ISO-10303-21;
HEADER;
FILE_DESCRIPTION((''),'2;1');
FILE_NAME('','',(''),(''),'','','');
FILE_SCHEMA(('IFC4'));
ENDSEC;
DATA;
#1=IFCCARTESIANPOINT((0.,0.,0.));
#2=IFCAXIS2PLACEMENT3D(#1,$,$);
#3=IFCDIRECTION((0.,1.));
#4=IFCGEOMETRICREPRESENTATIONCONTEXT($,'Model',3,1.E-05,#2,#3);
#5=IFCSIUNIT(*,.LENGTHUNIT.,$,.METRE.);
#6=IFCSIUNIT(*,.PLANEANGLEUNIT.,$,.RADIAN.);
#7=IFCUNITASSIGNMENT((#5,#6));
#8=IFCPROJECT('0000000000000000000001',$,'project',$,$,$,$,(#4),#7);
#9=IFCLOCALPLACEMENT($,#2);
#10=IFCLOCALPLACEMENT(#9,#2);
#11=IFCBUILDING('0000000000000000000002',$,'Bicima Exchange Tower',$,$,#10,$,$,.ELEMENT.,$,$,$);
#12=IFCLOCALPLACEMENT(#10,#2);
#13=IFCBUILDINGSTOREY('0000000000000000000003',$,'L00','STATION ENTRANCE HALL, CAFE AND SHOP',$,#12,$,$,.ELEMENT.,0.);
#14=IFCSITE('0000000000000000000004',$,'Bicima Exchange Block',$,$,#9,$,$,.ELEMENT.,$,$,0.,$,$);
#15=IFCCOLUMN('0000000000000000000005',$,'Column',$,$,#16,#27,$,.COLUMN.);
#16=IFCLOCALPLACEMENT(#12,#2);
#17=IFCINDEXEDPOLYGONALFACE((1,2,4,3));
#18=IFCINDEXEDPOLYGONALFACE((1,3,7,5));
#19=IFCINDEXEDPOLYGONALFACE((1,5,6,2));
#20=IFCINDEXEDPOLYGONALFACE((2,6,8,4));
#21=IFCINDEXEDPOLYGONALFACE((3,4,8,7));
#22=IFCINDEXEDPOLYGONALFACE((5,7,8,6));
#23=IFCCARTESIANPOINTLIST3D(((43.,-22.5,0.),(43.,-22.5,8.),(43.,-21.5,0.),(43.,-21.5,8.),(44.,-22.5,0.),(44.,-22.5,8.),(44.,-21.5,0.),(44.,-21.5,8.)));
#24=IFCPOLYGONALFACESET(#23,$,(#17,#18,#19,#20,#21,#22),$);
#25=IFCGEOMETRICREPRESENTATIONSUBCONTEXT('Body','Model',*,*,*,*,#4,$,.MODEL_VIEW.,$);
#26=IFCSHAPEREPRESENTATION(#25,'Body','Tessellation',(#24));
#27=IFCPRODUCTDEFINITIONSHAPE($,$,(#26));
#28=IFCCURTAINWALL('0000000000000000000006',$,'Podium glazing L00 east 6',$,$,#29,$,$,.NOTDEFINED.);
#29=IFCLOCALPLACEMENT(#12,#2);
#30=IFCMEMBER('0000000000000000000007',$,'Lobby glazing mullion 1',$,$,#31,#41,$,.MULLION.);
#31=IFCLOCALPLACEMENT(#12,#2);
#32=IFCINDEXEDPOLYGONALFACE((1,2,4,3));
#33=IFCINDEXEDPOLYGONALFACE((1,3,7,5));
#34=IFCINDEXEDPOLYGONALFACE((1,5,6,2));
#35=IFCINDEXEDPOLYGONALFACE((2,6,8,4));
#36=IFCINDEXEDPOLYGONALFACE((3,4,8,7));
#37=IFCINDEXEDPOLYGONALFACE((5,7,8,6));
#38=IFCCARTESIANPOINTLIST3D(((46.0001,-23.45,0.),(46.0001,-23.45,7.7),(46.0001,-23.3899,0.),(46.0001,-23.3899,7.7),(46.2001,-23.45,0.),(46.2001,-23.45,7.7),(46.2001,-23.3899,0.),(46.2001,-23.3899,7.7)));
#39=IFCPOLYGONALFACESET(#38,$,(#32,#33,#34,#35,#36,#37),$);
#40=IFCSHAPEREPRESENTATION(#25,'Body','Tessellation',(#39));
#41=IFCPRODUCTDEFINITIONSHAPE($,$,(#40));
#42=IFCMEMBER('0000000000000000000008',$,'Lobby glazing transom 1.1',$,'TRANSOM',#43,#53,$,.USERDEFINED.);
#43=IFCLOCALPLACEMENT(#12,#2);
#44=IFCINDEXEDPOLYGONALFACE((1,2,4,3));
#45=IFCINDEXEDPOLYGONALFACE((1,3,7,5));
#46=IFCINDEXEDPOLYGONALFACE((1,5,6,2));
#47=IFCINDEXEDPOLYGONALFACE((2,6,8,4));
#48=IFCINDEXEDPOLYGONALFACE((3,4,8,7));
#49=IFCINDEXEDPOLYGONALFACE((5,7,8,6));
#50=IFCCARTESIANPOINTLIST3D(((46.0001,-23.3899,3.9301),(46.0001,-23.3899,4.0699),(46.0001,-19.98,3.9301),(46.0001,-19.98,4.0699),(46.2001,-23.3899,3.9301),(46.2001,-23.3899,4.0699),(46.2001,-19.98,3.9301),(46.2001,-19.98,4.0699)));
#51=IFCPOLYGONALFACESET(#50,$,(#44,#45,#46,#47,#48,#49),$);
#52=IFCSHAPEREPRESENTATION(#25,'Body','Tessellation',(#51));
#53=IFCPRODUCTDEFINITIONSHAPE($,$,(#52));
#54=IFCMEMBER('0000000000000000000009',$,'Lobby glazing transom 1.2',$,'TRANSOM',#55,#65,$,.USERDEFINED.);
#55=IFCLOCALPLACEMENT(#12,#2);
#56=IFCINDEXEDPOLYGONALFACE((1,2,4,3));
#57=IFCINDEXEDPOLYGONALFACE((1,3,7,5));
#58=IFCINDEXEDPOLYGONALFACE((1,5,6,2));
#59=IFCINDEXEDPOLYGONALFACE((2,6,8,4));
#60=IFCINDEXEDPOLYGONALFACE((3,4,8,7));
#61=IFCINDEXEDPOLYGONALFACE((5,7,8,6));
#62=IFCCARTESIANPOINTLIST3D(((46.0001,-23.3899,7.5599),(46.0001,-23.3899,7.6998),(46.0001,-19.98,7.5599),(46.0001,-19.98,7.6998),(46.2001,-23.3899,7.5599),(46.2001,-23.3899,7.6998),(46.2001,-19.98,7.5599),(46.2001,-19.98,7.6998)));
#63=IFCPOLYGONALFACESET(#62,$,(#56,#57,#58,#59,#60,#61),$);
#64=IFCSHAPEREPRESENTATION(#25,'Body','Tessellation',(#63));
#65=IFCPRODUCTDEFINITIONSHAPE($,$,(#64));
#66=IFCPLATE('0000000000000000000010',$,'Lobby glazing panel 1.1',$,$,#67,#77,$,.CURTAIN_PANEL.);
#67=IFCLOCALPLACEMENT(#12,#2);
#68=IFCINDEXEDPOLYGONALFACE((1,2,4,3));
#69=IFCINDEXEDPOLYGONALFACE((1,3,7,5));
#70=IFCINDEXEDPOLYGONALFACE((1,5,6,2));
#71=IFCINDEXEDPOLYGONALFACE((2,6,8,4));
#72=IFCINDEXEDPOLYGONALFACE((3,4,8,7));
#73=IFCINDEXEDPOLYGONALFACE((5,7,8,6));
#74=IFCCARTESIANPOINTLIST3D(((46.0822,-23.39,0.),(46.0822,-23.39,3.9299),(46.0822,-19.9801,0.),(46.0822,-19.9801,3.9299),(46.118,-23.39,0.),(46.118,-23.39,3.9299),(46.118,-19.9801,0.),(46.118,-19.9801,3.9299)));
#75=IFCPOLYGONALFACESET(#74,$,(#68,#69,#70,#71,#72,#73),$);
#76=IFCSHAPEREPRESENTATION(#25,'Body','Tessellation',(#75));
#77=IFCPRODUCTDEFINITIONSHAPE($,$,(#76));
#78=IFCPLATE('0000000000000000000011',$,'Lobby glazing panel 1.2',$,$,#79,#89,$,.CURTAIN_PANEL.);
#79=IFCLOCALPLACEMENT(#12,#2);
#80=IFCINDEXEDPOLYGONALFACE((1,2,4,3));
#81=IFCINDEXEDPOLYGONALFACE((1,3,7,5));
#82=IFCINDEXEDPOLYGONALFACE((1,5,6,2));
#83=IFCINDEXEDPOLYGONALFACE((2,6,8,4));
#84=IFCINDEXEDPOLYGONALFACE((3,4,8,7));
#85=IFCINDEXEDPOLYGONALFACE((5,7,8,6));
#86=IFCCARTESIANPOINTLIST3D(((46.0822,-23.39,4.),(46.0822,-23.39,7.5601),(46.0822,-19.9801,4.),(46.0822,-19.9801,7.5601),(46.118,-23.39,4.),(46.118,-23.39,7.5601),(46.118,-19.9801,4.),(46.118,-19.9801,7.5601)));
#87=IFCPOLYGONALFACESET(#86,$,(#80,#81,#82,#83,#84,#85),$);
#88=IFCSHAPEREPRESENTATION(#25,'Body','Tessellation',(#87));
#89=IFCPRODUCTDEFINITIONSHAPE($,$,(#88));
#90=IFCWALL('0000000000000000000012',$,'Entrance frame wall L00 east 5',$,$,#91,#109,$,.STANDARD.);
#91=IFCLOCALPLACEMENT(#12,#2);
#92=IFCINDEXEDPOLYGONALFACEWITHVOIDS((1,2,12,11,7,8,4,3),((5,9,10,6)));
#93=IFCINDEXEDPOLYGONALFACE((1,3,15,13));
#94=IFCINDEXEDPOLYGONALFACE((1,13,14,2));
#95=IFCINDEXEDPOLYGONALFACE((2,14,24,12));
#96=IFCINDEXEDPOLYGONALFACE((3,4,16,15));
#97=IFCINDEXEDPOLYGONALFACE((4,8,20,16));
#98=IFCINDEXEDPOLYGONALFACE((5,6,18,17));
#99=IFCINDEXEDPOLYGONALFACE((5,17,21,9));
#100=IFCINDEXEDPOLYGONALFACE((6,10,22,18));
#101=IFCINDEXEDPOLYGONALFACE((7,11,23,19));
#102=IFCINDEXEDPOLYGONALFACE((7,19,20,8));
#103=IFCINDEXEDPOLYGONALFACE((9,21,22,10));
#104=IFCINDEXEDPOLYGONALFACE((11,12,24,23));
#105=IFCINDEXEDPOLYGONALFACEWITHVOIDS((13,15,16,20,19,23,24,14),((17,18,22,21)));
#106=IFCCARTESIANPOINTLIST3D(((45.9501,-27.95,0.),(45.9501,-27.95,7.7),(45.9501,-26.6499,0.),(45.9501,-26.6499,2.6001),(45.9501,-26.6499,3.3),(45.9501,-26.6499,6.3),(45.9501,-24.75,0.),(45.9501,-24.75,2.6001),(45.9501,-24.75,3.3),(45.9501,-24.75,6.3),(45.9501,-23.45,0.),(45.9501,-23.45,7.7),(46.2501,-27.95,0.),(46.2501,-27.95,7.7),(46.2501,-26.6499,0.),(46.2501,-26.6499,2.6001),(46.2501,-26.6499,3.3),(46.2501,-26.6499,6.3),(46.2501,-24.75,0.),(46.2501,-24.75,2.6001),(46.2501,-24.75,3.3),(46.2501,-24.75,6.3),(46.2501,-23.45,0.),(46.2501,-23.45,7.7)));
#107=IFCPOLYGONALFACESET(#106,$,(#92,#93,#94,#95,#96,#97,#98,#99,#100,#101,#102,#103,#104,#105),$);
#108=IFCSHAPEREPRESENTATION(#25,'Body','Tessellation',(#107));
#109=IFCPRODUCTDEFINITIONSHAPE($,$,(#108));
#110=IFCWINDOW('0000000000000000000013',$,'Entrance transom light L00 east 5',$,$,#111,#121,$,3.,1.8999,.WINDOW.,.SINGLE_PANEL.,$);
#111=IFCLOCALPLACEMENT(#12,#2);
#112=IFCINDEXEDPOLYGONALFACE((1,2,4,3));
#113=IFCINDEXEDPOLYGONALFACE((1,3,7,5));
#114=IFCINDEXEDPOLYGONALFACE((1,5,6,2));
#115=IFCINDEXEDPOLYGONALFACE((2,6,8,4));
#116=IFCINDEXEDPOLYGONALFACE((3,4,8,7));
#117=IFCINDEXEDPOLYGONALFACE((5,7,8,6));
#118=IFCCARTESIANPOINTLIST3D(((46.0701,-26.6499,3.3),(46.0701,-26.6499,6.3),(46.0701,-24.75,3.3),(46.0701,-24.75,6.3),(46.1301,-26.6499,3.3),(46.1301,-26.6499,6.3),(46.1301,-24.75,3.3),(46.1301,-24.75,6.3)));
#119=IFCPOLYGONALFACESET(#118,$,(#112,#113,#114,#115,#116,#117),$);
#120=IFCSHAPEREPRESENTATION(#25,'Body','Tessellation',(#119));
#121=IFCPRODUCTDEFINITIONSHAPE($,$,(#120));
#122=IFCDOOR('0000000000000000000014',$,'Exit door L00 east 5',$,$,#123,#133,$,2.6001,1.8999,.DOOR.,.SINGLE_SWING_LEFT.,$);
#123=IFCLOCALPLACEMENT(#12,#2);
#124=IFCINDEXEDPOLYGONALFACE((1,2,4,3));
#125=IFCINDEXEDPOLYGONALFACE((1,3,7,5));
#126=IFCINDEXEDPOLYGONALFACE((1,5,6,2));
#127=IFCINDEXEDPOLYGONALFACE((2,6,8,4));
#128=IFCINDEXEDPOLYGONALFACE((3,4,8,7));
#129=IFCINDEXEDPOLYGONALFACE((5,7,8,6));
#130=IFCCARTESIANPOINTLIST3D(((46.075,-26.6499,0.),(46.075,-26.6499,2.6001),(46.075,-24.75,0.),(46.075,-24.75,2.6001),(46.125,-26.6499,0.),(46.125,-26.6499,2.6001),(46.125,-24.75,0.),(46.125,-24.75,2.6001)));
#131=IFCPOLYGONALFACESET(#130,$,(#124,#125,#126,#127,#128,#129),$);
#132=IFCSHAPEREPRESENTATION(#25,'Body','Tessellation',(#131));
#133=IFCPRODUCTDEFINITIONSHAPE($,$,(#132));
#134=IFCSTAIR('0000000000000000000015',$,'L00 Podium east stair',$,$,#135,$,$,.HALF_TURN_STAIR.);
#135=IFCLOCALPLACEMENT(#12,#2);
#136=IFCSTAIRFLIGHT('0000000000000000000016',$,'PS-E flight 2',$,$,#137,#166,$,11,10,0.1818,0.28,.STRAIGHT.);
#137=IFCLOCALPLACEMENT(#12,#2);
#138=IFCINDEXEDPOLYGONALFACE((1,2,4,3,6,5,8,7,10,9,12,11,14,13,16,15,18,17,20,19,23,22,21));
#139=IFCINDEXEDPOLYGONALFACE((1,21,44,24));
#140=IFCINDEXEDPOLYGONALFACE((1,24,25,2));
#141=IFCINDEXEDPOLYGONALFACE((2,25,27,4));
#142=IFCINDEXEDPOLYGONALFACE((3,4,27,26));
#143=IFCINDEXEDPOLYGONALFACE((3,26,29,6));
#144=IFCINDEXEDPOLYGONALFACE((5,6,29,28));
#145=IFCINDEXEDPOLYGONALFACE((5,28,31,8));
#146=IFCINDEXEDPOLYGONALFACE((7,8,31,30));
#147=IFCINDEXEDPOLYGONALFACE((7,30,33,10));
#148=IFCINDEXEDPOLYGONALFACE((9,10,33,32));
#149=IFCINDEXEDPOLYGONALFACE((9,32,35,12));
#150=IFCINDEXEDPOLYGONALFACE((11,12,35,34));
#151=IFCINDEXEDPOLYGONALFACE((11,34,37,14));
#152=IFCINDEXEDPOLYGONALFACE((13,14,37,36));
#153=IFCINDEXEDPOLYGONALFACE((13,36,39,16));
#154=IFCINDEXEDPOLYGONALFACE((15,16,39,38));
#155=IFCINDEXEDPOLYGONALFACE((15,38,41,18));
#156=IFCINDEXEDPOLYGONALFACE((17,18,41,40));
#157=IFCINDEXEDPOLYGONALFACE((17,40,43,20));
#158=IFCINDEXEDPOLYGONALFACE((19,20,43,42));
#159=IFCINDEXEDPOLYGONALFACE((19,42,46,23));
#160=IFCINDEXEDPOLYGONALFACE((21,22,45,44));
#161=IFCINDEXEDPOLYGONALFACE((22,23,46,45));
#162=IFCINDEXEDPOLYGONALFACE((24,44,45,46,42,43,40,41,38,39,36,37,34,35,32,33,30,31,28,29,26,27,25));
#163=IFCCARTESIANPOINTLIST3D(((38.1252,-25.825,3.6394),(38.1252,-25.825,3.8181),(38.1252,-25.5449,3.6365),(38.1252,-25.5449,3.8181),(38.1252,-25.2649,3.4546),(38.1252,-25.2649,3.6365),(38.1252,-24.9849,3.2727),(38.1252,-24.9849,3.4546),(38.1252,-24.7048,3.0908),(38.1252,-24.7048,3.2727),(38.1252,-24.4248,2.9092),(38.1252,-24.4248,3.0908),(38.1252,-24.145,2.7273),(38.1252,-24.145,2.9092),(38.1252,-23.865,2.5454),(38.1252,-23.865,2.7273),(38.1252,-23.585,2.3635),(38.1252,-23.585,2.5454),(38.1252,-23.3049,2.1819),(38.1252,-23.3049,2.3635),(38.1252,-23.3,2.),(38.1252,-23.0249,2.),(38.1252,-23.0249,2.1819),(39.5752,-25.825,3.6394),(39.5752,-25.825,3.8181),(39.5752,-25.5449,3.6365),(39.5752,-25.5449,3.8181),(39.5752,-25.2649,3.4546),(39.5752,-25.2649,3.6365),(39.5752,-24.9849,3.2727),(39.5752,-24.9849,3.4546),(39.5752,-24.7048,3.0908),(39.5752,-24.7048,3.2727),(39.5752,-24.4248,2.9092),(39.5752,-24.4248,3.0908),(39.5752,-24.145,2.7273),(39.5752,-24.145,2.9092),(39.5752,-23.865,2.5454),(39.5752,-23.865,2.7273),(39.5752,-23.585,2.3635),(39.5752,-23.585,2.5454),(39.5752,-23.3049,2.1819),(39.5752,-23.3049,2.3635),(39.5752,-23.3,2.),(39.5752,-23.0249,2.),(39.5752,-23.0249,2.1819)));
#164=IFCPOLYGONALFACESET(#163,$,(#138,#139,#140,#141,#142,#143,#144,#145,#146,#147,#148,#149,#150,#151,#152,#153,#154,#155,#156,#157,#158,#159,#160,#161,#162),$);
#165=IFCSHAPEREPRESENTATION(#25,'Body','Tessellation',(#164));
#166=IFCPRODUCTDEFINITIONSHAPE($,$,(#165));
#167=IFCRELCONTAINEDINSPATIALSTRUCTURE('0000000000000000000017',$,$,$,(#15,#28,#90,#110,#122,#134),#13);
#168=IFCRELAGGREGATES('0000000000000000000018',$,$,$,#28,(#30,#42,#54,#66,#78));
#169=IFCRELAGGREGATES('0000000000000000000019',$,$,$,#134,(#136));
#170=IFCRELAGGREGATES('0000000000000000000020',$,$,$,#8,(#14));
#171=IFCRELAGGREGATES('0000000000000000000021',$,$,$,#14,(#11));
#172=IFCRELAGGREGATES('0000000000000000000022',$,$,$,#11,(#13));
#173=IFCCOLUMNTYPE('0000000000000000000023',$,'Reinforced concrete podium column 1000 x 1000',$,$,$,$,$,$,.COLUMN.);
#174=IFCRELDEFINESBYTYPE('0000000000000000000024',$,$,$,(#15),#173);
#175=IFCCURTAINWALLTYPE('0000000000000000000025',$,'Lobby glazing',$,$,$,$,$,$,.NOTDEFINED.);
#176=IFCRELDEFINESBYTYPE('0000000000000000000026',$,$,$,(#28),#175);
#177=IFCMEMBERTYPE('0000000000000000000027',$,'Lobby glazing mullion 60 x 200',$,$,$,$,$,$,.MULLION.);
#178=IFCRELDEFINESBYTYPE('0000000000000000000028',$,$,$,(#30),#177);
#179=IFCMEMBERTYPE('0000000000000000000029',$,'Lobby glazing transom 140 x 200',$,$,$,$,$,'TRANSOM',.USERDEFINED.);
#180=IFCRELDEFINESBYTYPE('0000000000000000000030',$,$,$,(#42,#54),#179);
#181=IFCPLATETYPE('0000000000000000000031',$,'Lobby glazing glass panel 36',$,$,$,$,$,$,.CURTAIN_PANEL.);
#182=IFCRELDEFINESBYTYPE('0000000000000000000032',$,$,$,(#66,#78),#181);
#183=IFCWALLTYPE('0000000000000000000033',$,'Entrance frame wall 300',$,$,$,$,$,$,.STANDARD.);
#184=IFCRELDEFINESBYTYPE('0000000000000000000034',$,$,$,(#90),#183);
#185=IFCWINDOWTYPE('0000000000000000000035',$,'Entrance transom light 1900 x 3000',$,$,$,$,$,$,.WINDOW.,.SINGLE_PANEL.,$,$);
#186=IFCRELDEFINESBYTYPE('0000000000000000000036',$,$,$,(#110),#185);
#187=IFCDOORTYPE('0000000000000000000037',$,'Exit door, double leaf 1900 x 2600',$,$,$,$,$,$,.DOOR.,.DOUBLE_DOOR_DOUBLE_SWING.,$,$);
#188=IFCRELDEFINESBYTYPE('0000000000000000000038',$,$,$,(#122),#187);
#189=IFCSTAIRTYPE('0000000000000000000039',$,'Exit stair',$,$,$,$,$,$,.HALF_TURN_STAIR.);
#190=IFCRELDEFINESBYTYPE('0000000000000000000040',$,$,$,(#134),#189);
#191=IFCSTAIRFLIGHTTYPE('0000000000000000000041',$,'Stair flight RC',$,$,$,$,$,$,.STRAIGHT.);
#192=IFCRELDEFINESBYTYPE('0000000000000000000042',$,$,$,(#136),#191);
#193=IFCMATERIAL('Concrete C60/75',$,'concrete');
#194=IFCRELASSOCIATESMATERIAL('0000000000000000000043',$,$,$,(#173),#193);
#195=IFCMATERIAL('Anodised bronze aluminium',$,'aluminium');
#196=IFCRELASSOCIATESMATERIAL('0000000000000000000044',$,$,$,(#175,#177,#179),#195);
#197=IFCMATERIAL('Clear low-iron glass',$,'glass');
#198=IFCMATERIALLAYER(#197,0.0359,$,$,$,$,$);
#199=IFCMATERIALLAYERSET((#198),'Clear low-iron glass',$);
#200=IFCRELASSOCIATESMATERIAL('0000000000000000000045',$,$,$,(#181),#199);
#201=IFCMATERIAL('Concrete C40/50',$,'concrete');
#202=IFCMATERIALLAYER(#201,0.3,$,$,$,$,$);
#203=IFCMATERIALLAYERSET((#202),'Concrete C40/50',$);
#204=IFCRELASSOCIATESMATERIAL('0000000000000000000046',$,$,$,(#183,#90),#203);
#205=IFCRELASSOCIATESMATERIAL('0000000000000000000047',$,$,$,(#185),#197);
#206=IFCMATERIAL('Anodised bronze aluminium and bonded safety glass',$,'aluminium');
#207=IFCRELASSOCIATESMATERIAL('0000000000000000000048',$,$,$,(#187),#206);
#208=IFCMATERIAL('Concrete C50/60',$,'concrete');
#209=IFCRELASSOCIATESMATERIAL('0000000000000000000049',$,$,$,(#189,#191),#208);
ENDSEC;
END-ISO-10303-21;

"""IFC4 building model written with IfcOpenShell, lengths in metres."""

from ifc_helpers import new_model, si_unit, direction, frame, frame_2d, origin, origin_2d, place, context, subcontext, project, spatial, polyline, rectangle, outline, extrude, material, layer, layer_set, layer_usage, material_profile, profile_set, type_object, element, fill, aggregate, save


model = new_model("IFC4")

# Units and contexts
model_context = context("Model", 3, precision=1e-05, world=origin(), true_north=direction((0.0, 1.0)))
body_context = subcontext(model_context, "Body", "Model", "MODEL_VIEW")
ifc_project = project(units=[si_unit("LENGTHUNIT", "METRE"), si_unit("PLANEANGLEUNIT", "RADIAN")], contexts=[model_context])

# Site, building, storey
site_placement = place(None, origin())
site = spatial("IfcSite", under=ifc_project, at=site_placement, Name="Bicima Exchange Block", CompositionType="ELEMENT", RefElevation=0.0)
building_placement = place(site_placement, origin())
building = spatial("IfcBuilding", under=site, at=building_placement, Name="Bicima Exchange Tower", CompositionType="ELEMENT")
storey_placement = place(building_placement, origin())
storey = spatial("IfcBuildingStorey", under=building, at=storey_placement, Name="L00", Description="STATION ENTRANCE HALL, CAFE AND SHOP", CompositionType="ELEMENT", Elevation=0.0)

# Column
ifc_material_1 = material(Name="Concrete C60/75", Category="concrete")
ifc_material_profile_1 = material_profile(ifc_material_1, rectangle(XDim=1.0, YDim=1.0, at=origin_2d()))
ifc_profile_set_1 = profile_set([ifc_material_profile_1], Name="Concrete C60/75")
column_type = type_object("IfcColumnType", Name="Reinforced concrete podium column 1000 x 1000", PredefinedType="COLUMN", material=ifc_profile_set_1)
column_placement = place(storey_placement, frame((43.5, -22.0, 0.0), z_axis=(0.0, 0.0, 1.0), x_axis=(1.0, 0.0, 0.0)))
element("IfcColumn", 1, at=column_placement, inside=storey, type_object=column_type, Name="Column", PredefinedType="COLUMN", context=body_context, shape_type="SweptSolid", body=[
    extrude(rectangle(XDim=1.0, YDim=1.0, at=origin_2d()), origin(), (0.0, 0.0, 1.0), 8.0),
])

# Curtain wall, members, plates
ifc_material_2 = material(Name="Anodised bronze aluminium", Category="aluminium")
curtain_wall_type = type_object("IfcCurtainWallType", Name="Lobby glazing", PredefinedType="NOTDEFINED", material=ifc_material_2)
curtain_wall_placement = place(storey_placement, origin())
curtain_wall = element("IfcCurtainWall", 2, at=curtain_wall_placement, inside=storey, type_object=curtain_wall_type, Name="Podium glazing L00 east 6", PredefinedType="NOTDEFINED")
ifc_material_profile_2 = material_profile(ifc_material_2, rectangle(XDim=0.2, YDim=0.0601, at=origin_2d()))
ifc_profile_set_2 = profile_set([ifc_material_profile_2], Name="Anodised bronze aluminium")
member_type_1 = type_object("IfcMemberType", Name="Lobby glazing mullion 60 x 200", PredefinedType="MULLION", material=ifc_profile_set_2)
member_1_placement = place(storey_placement, frame((46.1001, -23.4199, 0.0), z_axis=(0.0, 0.0, 1.0), x_axis=(-1.0, 0.0, 0.0)))
member_1 = element("IfcMember", 3, at=member_1_placement, type_object=member_type_1, Name="Lobby glazing mullion 1", PredefinedType="MULLION", context=body_context, shape_type="SweptSolid", body=[
    extrude(rectangle(XDim=0.2, YDim=0.0601, at=origin_2d()), origin(), (0.0, 0.0, 1.0), 7.7),
])
ifc_material_profile_3 = material_profile(ifc_material_2, rectangle(XDim=0.2, YDim=0.1399, at=origin_2d()))
ifc_profile_set_3 = profile_set([ifc_material_profile_3], Name="Anodised bronze aluminium")
member_type_2 = type_object("IfcMemberType", Name="Lobby glazing transom 140 x 200", ElementType="TRANSOM", PredefinedType="USERDEFINED", material=ifc_profile_set_3)
member_2_placement = place(storey_placement, frame((46.1001, -23.3899, 4.0), z_axis=(0.0, 1.0, 0.0), x_axis=(-1.0, 0.0, 0.0)))
member_2 = element("IfcMember", 4, at=member_2_placement, type_object=member_type_2, Name="Lobby glazing transom 1.1", ObjectType="TRANSOM", PredefinedType="USERDEFINED", context=body_context, shape_type="SweptSolid", body=[
    extrude(rectangle(XDim=0.2, YDim=0.1399, at=origin_2d()), origin(), (0.0, 0.0, 1.0), 3.4099),
])
member_3_placement = place(storey_placement, frame((46.1001, -23.3899, 7.6299), z_axis=(0.0, 1.0, 0.0), x_axis=(-1.0, 0.0, 0.0)))
member_3 = element("IfcMember", 5, at=member_3_placement, type_object=member_type_2, Name="Lobby glazing transom 1.2", ObjectType="TRANSOM", PredefinedType="USERDEFINED", context=body_context, shape_type="SweptSolid", body=[
    extrude(rectangle(XDim=0.2, YDim=0.1399, at=origin_2d()), origin(), (0.0, 0.0, 1.0), 3.4099),
])
ifc_material_3 = material(Name="Clear low-iron glass", Category="glass")
ifc_layer_1 = layer(ifc_material_3, 0.0359)
ifc_layer_set_1 = layer_set([ifc_layer_1], Name="Clear low-iron glass")
plate_type = type_object("IfcPlateType", Name="Lobby glazing glass panel 36", PredefinedType="CURTAIN_PANEL", material=ifc_layer_set_1)
plate_1_placement = place(storey_placement, frame((46.1001, -21.6851, 0.0), z_axis=(0.0, 0.0, 1.0), x_axis=(0.0, 1.0, 0.0)))
plate_1 = element("IfcPlate", 6, at=plate_1_placement, type_object=plate_type, Name="Lobby glazing panel 1.1", PredefinedType="CURTAIN_PANEL", context=body_context, shape_type="SweptSolid", body=[
    extrude(rectangle(XDim=3.4099, YDim=0.0359, at=origin_2d()), origin(), (0.0, 0.0, 1.0), 3.9299),
])
plate_2_placement = place(storey_placement, frame((46.1001, -21.6851, 4.0), z_axis=(0.0, 0.0, 1.0), x_axis=(0.0, 1.0, 0.0)))
plate_2 = element("IfcPlate", 7, at=plate_2_placement, type_object=plate_type, Name="Lobby glazing panel 1.2", PredefinedType="CURTAIN_PANEL", context=body_context, shape_type="SweptSolid", body=[
    extrude(rectangle(XDim=3.4099, YDim=0.0359, at=origin_2d()), origin(), (0.0, 0.0, 1.0), 3.5601),
])
aggregate(curtain_wall, [member_1, member_2, member_3, plate_1, plate_2])

# Wall, openings, window, door
ifc_material_4 = material(Name="Concrete C40/50", Category="concrete")
ifc_layer_2 = layer(ifc_material_4, 0.3)
ifc_layer_set_2 = layer_set([ifc_layer_2], Name="Concrete C40/50")
ifc_layer_usage = layer_usage(ifc_layer_set_2, "AXIS2", "POSITIVE", -0.15)
wall_type = type_object("IfcWallType", Name="Entrance frame wall 300", PredefinedType="STANDARD", material=ifc_layer_set_2)
wall_placement = place(storey_placement, frame((46.1001, -23.45, 0.0), z_axis=(0.0, 0.0, 1.0), x_axis=(0.0, -1.0, 0.0)))
wall = element("IfcWall", 8, at=wall_placement, inside=storey, type_object=wall_type, material=ifc_layer_usage, Name="Entrance frame wall L00 east 5", PredefinedType="STANDARD", context=body_context, shape_type="SweptSolid", body=[
    extrude(rectangle(XDim=4.5, YDim=0.3, at=frame_2d((2.25, 0.0))), origin(), (0.0, 0.0, 1.0), 7.7),
])
opening_1_placement = place(wall_placement, frame((1.3, 0.0, 0.0)))
opening_1 = element("IfcOpeningElement", 9, at=opening_1_placement, cuts=wall, PredefinedType="OPENING", context=body_context, shape_type="SweptSolid", body=[
    extrude(rectangle(XDim=1.8999, YDim=2.6001, at=frame_2d((0.95, 1.3))), frame((0.0, 0.1621, 0.0), z_axis=(0.0, -1.0, 0.0), x_axis=(1.0, 0.0, 0.0)), (0.0, 0.0, 1.0), 0.324),
])
opening_2_placement = place(wall_placement, frame((1.3, 0.0, 3.3)))
opening_2 = element("IfcOpeningElement", 10, at=opening_2_placement, cuts=wall, PredefinedType="OPENING", context=body_context, shape_type="SweptSolid", body=[
    extrude(rectangle(XDim=1.8999, YDim=3.0, at=frame_2d((0.95, 1.5))), frame((0.0, 0.1621, 0.0), z_axis=(0.0, -1.0, 0.0), x_axis=(1.0, 0.0, 0.0)), (0.0, 0.0, 1.0), 0.324),
])
window_type = type_object("IfcWindowType", Name="Entrance transom light 1900 x 3000", PartitioningType="SINGLE_PANEL", PredefinedType="WINDOW", material=ifc_material_3)
window_placement = place(opening_2_placement, origin())
window = element("IfcWindow", 11, at=window_placement, inside=storey, type_object=window_type, Name="Entrance transom light L00 east 5", OverallHeight=3.0, OverallWidth=1.8999, PartitioningType="SINGLE_PANEL", PredefinedType="WINDOW", context=body_context, shape_type="SweptSolid", body=[
    extrude(rectangle(XDim=1.8999, YDim=3.0, at=frame_2d((0.95, 1.5))), frame((0.0, 0.03, 0.0), z_axis=(0.0, -1.0, 0.0), x_axis=(1.0, 0.0, 0.0)), (0.0, 0.0, 1.0), 0.0601),
])
fill(opening_2, window)
ifc_material_5 = material(Name="Anodised bronze aluminium and bonded safety glass", Category="aluminium")
door_type = type_object("IfcDoorType", Name="Exit door, double leaf 1900 x 2600", OperationType="DOUBLE_DOOR_DOUBLE_SWING", PredefinedType="DOOR", material=ifc_material_5)
door_placement = place(opening_1_placement, origin())
door = element("IfcDoor", 12, at=door_placement, inside=storey, type_object=door_type, Name="Exit door L00 east 5", OperationType="SINGLE_SWING_LEFT", OverallHeight=2.6001, OverallWidth=1.8999, PredefinedType="DOOR", context=body_context, shape_type="SweptSolid", body=[
    extrude(rectangle(XDim=1.8999, YDim=2.6001, at=frame_2d((0.95, 1.3))), frame((0.0, 0.0249, 0.0), z_axis=(0.0, -1.0, 0.0), x_axis=(1.0, 0.0, 0.0)), (0.0, 0.0, 1.0), 0.05),
])
fill(opening_1, door)

# Stair, stair flight
ifc_material_6 = material(Name="Concrete C50/60", Category="concrete")
stair_type = type_object("IfcStairType", Name="Exit stair", PredefinedType="HALF_TURN_STAIR", material=ifc_material_6)
stair_placement = place(storey_placement, origin())
stair = element("IfcStair", 13, at=stair_placement, inside=storey, type_object=stair_type, Name="L00 Podium east stair", PredefinedType="HALF_TURN_STAIR")
stair_flight_type = type_object("IfcStairFlightType", Name="Stair flight RC", PredefinedType="STRAIGHT", material=ifc_material_6)
stair_flight_1_placement = place(storey_placement, frame((38.8501, -23.0249, 2.0), z_axis=(0.0, 0.0, 1.0), x_axis=(0.0, -1.0, 0.0)))
stair_flight_1 = element("IfcStairFlight", 14, at=stair_flight_1_placement, type_object=stair_flight_type, Name="PS-E flight 2", NumberOfRisers=11, NumberOfTreads=10, PredefinedType="STRAIGHT", RiserHeight=0.1818, TreadLength=0.28, context=body_context, shape_type="SweptSolid", body=[
    extrude(outline(polyline([(0.0, 0.0), (0.0, 0.1819), (0.28, 0.1819), (0.28, 0.3635), (0.5601, 0.3635), (0.5601, 0.5454), (0.8401, 0.5454), (0.8401, 0.7273), (1.1201, 0.7273), (1.1201, 0.9092), (1.3999, 0.9092), (1.3999, 1.0908), (1.6799, 1.0908), (1.6799, 1.2727), (1.96, 1.2727), (1.96, 1.4546), (2.24, 1.4546), (2.24, 1.6365), (2.52, 1.6365), (2.52, 1.8181), (2.8, 1.8181), (2.8, 2.0), (2.8, 1.6394), (0.2751, 0.0), (0.0, 0.0)])), frame((0.0, 0.7251, 0.0), z_axis=(0.0, -1.0, 0.0), x_axis=(1.0, 0.0, 0.0)), (0.0, 0.0, 1.0), 1.45),
])
aggregate(stair, [stair_flight_1])

save(model, "model.ifc")
